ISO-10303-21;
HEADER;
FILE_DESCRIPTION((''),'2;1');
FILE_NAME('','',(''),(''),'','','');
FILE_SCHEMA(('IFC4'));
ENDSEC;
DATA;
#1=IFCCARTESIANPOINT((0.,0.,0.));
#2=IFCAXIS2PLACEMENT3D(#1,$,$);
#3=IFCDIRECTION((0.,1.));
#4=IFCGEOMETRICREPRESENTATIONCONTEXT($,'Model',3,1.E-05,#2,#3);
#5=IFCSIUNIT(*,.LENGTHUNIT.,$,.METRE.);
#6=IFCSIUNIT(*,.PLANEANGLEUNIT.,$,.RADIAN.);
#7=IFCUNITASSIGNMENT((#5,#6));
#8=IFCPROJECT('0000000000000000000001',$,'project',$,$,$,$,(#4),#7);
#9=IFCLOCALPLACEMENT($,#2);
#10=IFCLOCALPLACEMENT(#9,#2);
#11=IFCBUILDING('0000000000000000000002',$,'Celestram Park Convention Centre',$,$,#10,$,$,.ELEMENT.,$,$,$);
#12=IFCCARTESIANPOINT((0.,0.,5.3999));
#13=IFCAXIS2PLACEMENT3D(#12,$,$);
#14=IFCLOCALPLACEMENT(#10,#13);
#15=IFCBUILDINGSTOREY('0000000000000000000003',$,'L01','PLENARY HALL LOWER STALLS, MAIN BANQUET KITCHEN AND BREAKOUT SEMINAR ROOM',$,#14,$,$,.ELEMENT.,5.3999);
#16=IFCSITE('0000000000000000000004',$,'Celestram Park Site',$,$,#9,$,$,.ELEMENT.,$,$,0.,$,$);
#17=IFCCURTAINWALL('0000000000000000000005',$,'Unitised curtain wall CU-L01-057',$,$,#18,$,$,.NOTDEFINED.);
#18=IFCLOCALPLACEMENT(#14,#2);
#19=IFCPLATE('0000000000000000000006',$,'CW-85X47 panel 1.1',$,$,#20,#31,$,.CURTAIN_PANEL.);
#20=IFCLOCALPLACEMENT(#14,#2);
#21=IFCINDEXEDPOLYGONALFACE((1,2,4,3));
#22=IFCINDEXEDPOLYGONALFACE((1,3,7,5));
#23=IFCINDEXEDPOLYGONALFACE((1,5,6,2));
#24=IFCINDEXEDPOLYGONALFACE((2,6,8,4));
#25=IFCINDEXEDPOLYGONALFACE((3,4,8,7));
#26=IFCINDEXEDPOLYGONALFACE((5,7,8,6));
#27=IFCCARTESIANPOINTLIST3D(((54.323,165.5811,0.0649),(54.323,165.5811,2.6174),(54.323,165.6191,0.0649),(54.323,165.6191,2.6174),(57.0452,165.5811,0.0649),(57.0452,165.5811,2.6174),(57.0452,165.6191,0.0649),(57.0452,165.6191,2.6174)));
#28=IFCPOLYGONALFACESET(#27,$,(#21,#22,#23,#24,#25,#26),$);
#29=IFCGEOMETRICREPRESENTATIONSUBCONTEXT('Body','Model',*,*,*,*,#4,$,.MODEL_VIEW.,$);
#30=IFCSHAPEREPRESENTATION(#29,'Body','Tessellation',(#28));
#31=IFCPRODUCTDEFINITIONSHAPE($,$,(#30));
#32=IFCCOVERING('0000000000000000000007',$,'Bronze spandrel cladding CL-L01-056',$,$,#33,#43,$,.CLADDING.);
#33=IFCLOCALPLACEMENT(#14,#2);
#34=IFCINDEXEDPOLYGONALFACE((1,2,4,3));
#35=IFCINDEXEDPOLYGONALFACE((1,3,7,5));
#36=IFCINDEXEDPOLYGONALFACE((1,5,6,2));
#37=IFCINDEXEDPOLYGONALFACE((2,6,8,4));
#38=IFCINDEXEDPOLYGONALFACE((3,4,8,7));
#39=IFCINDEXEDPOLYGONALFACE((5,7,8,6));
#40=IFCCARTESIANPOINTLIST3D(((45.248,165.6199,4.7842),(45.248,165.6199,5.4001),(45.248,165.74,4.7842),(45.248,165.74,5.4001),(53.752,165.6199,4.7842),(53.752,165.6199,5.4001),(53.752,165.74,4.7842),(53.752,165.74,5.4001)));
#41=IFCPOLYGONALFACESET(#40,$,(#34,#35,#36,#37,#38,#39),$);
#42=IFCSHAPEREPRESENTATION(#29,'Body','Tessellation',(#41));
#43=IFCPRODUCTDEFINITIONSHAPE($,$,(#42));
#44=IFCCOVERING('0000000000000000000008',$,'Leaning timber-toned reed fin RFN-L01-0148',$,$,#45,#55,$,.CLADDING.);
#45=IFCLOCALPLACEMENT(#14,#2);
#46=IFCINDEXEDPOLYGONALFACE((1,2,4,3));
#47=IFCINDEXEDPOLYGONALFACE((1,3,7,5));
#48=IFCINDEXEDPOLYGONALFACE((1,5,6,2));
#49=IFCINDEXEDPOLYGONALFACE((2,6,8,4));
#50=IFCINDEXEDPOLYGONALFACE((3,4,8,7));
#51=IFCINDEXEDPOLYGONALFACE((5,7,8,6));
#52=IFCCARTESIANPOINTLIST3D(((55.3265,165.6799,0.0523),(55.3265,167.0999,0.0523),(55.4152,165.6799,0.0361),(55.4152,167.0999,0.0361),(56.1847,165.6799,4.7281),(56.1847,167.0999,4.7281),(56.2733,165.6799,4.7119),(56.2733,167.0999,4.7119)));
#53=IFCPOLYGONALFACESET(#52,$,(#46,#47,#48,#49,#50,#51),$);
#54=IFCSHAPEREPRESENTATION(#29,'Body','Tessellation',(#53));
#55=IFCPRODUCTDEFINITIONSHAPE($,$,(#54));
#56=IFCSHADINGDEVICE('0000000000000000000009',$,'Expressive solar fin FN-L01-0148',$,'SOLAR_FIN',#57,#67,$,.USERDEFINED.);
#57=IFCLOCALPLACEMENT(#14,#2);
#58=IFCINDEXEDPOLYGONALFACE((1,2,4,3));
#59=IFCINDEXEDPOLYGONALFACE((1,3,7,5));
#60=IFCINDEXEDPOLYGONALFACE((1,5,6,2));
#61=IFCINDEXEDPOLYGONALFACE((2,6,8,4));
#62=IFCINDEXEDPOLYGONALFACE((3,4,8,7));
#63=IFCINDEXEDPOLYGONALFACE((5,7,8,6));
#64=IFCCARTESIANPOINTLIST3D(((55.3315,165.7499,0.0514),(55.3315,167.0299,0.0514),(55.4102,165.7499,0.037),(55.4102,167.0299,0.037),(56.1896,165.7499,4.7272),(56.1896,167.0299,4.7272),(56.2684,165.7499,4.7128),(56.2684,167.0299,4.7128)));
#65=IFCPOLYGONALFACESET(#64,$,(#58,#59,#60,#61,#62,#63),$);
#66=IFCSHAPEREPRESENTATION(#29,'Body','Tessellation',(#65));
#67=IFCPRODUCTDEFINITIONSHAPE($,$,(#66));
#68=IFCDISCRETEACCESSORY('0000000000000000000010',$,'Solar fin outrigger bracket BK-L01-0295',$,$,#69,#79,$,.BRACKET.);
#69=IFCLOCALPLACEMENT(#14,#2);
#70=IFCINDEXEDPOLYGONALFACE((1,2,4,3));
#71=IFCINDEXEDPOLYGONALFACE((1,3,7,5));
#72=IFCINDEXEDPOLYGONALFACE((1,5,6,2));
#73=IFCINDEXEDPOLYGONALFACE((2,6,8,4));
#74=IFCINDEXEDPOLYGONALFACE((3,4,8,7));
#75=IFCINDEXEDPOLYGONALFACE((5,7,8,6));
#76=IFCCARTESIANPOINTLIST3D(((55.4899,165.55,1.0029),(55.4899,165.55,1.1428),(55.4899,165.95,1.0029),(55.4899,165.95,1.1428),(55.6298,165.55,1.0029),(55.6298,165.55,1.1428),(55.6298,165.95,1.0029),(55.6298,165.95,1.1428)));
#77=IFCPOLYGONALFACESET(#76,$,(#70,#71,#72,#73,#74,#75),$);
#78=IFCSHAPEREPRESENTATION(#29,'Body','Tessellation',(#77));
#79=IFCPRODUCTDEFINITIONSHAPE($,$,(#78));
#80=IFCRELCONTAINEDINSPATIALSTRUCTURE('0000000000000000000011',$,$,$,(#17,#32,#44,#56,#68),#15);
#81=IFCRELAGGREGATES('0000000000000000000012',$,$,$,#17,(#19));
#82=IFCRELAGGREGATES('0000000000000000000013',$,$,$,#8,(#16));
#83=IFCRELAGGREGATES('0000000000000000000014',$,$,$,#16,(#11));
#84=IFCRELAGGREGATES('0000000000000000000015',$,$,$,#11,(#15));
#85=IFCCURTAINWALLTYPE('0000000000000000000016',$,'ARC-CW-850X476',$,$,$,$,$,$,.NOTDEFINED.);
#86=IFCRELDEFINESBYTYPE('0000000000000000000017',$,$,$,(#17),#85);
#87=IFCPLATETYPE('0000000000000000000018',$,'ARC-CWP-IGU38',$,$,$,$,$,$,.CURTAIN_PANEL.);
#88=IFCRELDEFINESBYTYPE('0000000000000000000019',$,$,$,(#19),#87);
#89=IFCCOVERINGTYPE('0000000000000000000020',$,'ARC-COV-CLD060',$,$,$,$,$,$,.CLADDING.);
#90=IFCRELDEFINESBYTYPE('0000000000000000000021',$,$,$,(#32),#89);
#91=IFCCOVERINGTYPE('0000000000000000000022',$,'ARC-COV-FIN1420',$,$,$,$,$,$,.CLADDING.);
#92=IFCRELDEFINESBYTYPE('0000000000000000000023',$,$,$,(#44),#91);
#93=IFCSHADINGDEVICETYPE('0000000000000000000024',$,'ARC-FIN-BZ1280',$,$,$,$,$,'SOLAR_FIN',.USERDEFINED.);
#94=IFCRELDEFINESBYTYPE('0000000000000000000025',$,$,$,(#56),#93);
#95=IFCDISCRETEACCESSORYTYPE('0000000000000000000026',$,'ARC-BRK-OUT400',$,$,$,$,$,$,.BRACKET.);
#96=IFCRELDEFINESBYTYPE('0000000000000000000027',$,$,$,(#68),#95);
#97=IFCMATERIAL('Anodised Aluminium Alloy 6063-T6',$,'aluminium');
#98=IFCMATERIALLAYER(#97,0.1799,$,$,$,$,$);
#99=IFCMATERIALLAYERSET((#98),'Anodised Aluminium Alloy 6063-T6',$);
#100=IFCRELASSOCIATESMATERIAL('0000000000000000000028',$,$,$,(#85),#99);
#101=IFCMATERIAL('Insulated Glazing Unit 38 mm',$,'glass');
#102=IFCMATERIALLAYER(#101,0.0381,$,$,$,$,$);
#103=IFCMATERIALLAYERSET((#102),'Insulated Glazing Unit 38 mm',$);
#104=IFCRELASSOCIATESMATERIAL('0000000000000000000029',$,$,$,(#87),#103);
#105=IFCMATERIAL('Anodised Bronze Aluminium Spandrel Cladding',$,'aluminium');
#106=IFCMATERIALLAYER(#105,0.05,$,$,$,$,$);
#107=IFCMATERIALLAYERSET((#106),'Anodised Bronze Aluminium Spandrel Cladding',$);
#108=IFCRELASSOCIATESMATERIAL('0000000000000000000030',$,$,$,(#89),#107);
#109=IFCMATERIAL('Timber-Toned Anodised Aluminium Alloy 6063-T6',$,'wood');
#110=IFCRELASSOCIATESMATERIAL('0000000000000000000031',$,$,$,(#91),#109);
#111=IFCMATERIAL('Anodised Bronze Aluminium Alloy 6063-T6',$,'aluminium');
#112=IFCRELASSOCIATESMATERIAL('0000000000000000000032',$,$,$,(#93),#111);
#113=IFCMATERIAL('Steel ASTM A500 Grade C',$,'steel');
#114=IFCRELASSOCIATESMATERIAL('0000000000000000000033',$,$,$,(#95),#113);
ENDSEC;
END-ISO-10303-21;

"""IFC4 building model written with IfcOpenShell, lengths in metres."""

from ifc_helpers import new_model, si_unit, direction, frame, origin, origin_2d, place, context, subcontext, project, spatial, rectangle, extrude, material, layer, layer_set, material_profile, profile_set, type_object, element, aggregate, save


model = new_model("IFC4")

# Units and contexts
model_context = context("Model", 3, precision=1e-05, world=origin(), true_north=direction((0.0, 1.0)))
body_context = subcontext(model_context, "Body", "Model", "MODEL_VIEW")
ifc_project = project(units=[si_unit("LENGTHUNIT", "METRE"), si_unit("PLANEANGLEUNIT", "RADIAN")], contexts=[model_context])

# Site, building, storey
site_placement = place(None, origin())
site = spatial("IfcSite", under=ifc_project, at=site_placement, Name="Celestram Park Site", CompositionType="ELEMENT", RefElevation=0.0)
building_placement = place(site_placement, origin())
building = spatial("IfcBuilding", under=site, at=building_placement, Name="Celestram Park Convention Centre", CompositionType="ELEMENT")
storey_placement = place(building_placement, frame((0.0, 0.0, 5.3999)))
storey = spatial("IfcBuildingStorey", under=building, at=storey_placement, Name="L01", Description="PLENARY HALL LOWER STALLS, MAIN BANQUET KITCHEN AND BREAKOUT SEMINAR ROOM", CompositionType="ELEMENT", Elevation=5.3999)

# Shared definitions
ifc_material_1 = material(Name="Anodised Aluminium Alloy 6063-T6", Category="aluminium")
ifc_layer_1 = layer(ifc_material_1, 0.1799)
ifc_layer_set_1 = layer_set([ifc_layer_1], Name="Anodised Aluminium Alloy 6063-T6")
curtain_wall_type = type_object("IfcCurtainWallType", Name="ARC-CW-850X476", PredefinedType="NOTDEFINED", material=ifc_layer_set_1)

# Curtain wall
curtain_wall_1_placement = place(storey_placement, origin())
curtain_wall_1 = element("IfcCurtainWall", 1, at=curtain_wall_1_placement, inside=storey, type_object=curtain_wall_type, Name="Unitised curtain wall CU-L01-057", PredefinedType="NOTDEFINED")

# Plate
ifc_material_2 = material(Name="Insulated Glazing Unit 38 mm", Category="glass")
ifc_layer_2 = layer(ifc_material_2, 0.0381)
ifc_layer_set_2 = layer_set([ifc_layer_2], Name="Insulated Glazing Unit 38 mm")
plate_type = type_object("IfcPlateType", Name="ARC-CWP-IGU38", PredefinedType="CURTAIN_PANEL", material=ifc_layer_set_2)
plate_1_placement = place(storey_placement, frame((55.6841, 165.6001, 0.0649), z_axis=(0.0, 0.0, 1.0), x_axis=(1.0, 0.0, 0.0)))
plate_1 = element("IfcPlate", 2, at=plate_1_placement, type_object=plate_type, Name="CW-85X47 panel 1.1", PredefinedType="CURTAIN_PANEL", context=body_context, shape_type="SweptSolid", body=[
    extrude(rectangle(XDim=2.7222, YDim=0.0381, at=origin_2d()), origin(), (0.0, 0.0, 1.0), 2.5525),
])
aggregate(curtain_wall_1, [plate_1])

# Coverings
ifc_material_3 = material(Name="Anodised Bronze Aluminium Spandrel Cladding", Category="aluminium")
ifc_layer_3 = layer(ifc_material_3, 0.05)
ifc_layer_set_3 = layer_set([ifc_layer_3], Name="Anodised Bronze Aluminium Spandrel Cladding")
covering_type_1 = type_object("IfcCoveringType", Name="ARC-COV-CLD060", PredefinedType="CLADDING", material=ifc_layer_set_3)
covering_1_placement = place(storey_placement, frame((49.5, 165.6799, 4.7842), z_axis=(0.0, 0.0, 1.0), x_axis=(1.0, 0.0, 0.0)))
element("IfcCovering", 3, at=covering_1_placement, inside=storey, type_object=covering_type_1, Name="Bronze spandrel cladding CL-L01-056", PredefinedType="CLADDING", context=body_context, shape_type="SweptSolid", body=[
    extrude(rectangle(XDim=8.5039, YDim=0.1201, at=origin_2d()), origin(), (0.0, 0.0, 1.0), 0.616),
])
ifc_material_4 = material(Name="Timber-Toned Anodised Aluminium Alloy 6063-T6", Category="wood")
ifc_material_profile_1 = material_profile(ifc_material_4, rectangle(XDim=1.4199, YDim=0.0901, at=origin_2d()), Name="REED1420X90")
ifc_profile_set_1 = profile_set([ifc_material_profile_1], Name="Timber-Toned Anodised Aluminium Alloy 6063-T6")
covering_type_2 = type_object("IfcCoveringType", Name="ARC-COV-FIN1420", PredefinedType="CLADDING", material=ifc_profile_set_1)
covering_2_placement = place(storey_placement, frame((55.3708, 166.3899, 0.0442), z_axis=(0.180517, 0.0, 0.983572), x_axis=(0.0, 1.0, 0.0)))
element("IfcCovering", 4, at=covering_2_placement, inside=storey, type_object=covering_type_2, Name="Leaning timber-toned reed fin RFN-L01-0148", PredefinedType="CLADDING", context=body_context, shape_type="SweptSolid", body=[
    extrude(rectangle(XDim=1.4199, YDim=0.0901, at=origin_2d()), origin(), (0.0, 0.0, 1.0), 4.7539),
])

# Shading device
ifc_material_5 = material(Name="Anodised Bronze Aluminium Alloy 6063-T6", Category="aluminium")
ifc_material_profile_2 = material_profile(ifc_material_5, rectangle(XDim=1.28, YDim=0.0801, at=origin_2d()), Name="FIN1280X80")
ifc_profile_set_2 = profile_set([ifc_material_profile_2], Name="Anodised Bronze Aluminium Alloy 6063-T6")
shading_device_type = type_object("IfcShadingDeviceType", Name="ARC-FIN-BZ1280", ElementType="SOLAR_FIN", PredefinedType="USERDEFINED", material=ifc_profile_set_2)
shading_device_placement = place(storey_placement, frame((55.3708, 166.3899, 0.0442), z_axis=(0.180517, 0.0, 0.983572), x_axis=(0.0, 1.0, 0.0)))
element("IfcShadingDevice", 5, at=shading_device_placement, inside=storey, type_object=shading_device_type, Name="Expressive solar fin FN-L01-0148", ObjectType="SOLAR_FIN", PredefinedType="USERDEFINED", context=body_context, shape_type="SweptSolid", body=[
    extrude(rectangle(XDim=1.28, YDim=0.0801, at=origin_2d()), origin(), (0.0, 0.0, 1.0), 4.7539),
])

# Discrete accessory
ifc_material_6 = material(Name="Steel ASTM A500 Grade C", Category="steel")
discrete_accessory_type = type_object("IfcDiscreteAccessoryType", Name="ARC-BRK-OUT400", PredefinedType="BRACKET", material=ifc_material_6)
discrete_accessory_placement = place(storey_placement, frame((55.5598, 165.75, 1.0029), z_axis=(0.0, 0.0, 1.0), x_axis=(0.0, 1.0, 0.0)))
element("IfcDiscreteAccessory", 6, at=discrete_accessory_placement, inside=storey, type_object=discrete_accessory_type, Name="Solar fin outrigger bracket BK-L01-0295", PredefinedType="BRACKET", context=body_context, shape_type="SweptSolid", body=[
    extrude(rectangle(XDim=0.3999, YDim=0.1399, at=origin_2d()), origin(), (0.0, 0.0, 1.0), 0.1399),
])

save(model, "model.ifc")
